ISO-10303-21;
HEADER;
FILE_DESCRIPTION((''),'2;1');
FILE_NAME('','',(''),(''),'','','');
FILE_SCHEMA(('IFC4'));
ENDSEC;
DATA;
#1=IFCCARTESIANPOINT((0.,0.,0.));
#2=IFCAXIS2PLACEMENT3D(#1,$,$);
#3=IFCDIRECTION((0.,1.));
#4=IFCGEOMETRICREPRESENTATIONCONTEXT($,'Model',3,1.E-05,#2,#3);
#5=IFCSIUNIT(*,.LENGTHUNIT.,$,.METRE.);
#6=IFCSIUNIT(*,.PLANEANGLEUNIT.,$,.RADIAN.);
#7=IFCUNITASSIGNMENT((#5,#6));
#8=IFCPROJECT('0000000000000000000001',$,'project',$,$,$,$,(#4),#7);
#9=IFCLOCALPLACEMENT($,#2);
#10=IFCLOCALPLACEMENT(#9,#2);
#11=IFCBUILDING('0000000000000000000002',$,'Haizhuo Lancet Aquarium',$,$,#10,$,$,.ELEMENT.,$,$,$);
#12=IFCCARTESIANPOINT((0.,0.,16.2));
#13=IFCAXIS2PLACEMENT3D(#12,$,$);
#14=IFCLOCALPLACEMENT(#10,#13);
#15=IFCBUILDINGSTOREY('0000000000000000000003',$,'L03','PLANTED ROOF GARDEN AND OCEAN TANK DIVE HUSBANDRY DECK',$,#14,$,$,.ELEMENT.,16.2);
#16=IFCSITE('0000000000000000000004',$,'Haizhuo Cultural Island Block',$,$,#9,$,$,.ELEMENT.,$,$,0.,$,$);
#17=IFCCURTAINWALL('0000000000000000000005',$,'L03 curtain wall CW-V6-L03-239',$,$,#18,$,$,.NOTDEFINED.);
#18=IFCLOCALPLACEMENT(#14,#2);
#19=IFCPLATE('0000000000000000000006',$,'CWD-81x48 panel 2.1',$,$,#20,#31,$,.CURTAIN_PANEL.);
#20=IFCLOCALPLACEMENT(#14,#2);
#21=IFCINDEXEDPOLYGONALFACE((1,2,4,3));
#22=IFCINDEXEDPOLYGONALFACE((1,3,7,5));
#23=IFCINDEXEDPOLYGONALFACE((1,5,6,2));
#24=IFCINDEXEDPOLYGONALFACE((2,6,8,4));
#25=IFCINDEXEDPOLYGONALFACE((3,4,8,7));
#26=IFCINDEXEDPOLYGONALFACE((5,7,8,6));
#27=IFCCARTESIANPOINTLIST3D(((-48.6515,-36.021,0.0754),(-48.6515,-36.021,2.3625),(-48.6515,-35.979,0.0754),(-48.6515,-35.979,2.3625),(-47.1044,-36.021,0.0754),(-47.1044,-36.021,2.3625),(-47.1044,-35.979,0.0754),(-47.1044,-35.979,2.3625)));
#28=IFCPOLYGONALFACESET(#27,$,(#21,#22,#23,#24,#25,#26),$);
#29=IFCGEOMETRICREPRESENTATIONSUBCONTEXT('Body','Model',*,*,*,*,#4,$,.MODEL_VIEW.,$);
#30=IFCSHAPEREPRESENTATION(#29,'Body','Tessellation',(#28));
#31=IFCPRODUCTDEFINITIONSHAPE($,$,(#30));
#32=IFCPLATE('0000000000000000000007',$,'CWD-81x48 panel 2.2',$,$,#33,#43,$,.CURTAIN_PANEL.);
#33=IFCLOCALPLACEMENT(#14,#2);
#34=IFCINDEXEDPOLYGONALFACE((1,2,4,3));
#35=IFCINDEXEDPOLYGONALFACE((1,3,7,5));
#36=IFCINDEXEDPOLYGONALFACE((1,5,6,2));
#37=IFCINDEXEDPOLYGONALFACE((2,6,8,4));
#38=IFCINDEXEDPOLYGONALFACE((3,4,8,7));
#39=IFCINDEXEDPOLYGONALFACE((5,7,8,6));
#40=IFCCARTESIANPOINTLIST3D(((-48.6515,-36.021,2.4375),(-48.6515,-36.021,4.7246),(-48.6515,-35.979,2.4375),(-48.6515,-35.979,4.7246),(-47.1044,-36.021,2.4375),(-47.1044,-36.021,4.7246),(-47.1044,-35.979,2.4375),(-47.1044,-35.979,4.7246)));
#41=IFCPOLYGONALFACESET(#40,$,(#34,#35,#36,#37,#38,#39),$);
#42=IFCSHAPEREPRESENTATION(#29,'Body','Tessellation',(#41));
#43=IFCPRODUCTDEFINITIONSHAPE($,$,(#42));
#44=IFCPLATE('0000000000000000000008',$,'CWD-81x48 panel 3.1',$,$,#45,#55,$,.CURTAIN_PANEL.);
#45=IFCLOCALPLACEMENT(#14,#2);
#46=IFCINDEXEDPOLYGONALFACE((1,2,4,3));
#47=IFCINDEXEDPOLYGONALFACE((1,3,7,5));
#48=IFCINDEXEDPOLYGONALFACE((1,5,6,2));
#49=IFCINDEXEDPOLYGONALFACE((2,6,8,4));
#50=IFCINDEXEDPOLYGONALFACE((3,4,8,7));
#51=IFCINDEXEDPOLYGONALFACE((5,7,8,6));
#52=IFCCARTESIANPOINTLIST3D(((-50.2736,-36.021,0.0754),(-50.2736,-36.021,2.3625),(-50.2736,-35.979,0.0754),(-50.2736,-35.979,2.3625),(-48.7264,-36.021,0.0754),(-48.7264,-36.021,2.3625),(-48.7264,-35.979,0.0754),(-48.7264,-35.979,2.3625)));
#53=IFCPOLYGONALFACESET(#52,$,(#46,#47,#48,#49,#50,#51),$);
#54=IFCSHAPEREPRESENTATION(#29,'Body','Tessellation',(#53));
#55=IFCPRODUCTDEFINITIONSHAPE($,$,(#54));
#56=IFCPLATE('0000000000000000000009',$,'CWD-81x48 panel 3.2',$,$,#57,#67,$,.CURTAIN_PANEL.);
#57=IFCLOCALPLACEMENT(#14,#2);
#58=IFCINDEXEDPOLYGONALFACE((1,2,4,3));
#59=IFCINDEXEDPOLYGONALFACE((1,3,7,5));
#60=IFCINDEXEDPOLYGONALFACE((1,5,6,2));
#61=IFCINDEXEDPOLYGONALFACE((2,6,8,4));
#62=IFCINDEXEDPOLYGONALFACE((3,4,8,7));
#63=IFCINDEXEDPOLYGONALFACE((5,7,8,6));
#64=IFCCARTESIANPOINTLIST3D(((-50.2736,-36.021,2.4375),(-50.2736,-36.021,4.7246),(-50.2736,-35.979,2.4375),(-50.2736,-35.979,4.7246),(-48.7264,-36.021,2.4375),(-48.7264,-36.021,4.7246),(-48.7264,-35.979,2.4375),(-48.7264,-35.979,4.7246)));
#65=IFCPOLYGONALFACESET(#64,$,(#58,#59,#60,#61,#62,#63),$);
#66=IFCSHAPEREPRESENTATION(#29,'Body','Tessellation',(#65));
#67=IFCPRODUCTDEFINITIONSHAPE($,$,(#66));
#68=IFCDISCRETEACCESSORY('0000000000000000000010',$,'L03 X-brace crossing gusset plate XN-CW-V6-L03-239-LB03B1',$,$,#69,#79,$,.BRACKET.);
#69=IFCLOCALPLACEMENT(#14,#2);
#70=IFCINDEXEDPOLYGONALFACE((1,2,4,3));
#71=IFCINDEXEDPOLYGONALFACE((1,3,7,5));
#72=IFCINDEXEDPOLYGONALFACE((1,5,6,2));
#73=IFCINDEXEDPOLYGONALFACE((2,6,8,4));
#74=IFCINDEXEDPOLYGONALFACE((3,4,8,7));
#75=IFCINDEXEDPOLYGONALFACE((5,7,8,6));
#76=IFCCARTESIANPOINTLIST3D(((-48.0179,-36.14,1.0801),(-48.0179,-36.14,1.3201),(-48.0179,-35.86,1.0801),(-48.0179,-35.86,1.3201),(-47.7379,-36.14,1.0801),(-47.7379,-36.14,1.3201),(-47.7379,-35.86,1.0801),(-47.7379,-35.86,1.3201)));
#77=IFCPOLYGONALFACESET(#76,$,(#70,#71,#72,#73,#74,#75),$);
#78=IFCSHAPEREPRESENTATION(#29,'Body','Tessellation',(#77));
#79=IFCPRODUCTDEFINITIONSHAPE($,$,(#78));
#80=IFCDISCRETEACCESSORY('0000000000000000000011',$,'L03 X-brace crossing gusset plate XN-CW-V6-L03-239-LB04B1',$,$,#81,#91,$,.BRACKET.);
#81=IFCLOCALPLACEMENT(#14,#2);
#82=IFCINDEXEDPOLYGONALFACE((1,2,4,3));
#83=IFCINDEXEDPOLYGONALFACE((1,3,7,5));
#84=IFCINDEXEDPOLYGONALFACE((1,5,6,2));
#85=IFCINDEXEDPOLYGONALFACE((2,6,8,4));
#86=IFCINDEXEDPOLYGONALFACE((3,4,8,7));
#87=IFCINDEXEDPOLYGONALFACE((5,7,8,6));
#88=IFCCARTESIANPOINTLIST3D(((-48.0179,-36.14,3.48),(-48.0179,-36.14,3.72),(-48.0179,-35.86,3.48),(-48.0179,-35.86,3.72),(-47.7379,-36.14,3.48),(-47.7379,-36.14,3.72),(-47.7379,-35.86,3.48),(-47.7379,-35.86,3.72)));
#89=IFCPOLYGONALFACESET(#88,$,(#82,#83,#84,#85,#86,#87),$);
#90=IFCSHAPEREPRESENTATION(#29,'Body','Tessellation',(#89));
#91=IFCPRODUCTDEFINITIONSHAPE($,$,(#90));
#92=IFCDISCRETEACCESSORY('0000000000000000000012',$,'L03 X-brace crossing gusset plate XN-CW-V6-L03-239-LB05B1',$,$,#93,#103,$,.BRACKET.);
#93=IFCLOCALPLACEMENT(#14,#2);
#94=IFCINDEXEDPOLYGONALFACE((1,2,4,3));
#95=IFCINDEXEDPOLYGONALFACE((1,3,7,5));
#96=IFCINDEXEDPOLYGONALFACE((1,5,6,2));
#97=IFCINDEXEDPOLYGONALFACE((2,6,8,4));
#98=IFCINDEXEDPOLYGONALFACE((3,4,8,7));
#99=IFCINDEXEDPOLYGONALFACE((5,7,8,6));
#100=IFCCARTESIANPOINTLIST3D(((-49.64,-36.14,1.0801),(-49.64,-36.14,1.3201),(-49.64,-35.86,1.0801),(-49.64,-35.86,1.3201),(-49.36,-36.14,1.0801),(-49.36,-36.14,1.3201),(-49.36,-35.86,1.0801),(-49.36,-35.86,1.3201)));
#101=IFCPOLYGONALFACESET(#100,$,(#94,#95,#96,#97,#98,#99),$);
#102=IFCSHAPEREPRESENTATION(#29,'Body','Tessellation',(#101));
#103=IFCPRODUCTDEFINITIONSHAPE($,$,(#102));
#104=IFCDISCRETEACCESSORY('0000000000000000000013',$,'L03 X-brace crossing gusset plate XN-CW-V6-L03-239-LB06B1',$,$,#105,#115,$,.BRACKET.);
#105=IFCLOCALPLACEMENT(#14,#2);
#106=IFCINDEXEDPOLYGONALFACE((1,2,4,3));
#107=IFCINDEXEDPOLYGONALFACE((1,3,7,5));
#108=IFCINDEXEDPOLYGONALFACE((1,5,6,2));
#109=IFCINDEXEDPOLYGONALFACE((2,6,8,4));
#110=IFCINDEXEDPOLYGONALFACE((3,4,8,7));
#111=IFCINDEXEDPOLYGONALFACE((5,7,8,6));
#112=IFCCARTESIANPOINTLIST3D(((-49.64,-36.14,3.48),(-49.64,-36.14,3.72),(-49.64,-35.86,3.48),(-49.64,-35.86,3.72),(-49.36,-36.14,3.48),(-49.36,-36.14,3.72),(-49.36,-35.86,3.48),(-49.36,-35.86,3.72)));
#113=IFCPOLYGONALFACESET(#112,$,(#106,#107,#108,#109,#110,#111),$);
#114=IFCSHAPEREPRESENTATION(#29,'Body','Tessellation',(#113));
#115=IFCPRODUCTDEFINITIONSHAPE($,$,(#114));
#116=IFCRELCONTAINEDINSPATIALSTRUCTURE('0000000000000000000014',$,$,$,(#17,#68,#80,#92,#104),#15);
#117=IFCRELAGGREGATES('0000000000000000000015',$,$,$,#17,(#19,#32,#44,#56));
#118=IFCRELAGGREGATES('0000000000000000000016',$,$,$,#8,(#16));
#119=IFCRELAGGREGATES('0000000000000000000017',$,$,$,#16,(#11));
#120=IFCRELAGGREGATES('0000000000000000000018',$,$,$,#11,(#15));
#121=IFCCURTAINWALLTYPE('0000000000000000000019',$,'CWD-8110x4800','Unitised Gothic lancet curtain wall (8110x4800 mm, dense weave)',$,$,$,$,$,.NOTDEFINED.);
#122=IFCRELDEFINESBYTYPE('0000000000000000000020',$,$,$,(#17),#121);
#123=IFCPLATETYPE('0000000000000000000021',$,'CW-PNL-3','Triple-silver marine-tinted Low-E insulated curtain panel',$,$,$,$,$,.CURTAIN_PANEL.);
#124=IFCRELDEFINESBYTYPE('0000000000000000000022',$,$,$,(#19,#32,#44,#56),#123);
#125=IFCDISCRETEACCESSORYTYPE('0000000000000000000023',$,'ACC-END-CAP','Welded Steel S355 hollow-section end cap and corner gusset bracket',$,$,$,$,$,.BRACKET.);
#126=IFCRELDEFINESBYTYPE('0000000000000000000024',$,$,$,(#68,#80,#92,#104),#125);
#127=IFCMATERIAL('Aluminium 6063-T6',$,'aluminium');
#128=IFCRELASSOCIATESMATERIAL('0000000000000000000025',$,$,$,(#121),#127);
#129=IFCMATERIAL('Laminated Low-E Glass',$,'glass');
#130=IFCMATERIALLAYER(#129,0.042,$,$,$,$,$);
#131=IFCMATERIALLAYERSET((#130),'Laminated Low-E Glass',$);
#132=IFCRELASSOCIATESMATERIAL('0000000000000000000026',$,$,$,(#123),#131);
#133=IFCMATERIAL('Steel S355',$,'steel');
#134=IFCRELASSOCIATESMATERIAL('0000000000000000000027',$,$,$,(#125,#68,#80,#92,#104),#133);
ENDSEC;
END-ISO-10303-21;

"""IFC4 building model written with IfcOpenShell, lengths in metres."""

from ifc_helpers import new_model, si_unit, direction, frame, origin, origin_2d, place, context, subcontext, project, spatial, rectangle, extrude, material, layer, layer_set, type_object, element, aggregate, save


model = new_model("IFC4")

# Units and contexts
model_context = context("Model", 3, precision=1e-05, world=origin(), true_north=direction((0.0, 1.0)))
body_context = subcontext(model_context, "Body", "Model", "MODEL_VIEW")
ifc_project = project(units=[si_unit("LENGTHUNIT", "METRE"), si_unit("PLANEANGLEUNIT", "RADIAN")], contexts=[model_context])

# Site, building, storey
site_placement = place(None, origin())
site = spatial("IfcSite", under=ifc_project, at=site_placement, Name="Haizhuo Cultural Island Block", CompositionType="ELEMENT", RefElevation=0.0)
building_placement = place(site_placement, origin())
building = spatial("IfcBuilding", under=site, at=building_placement, Name="Haizhuo Lancet Aquarium", CompositionType="ELEMENT")
storey_placement = place(building_placement, frame((0.0, 0.0, 16.2)))
storey = spatial("IfcBuildingStorey", under=building, at=storey_placement, Name="L03", Description="PLANTED ROOF GARDEN AND OCEAN TANK DIVE HUSBANDRY DECK", CompositionType="ELEMENT", Elevation=16.2)

# Curtain wall
ifc_material_1 = material(Name="Aluminium 6063-T6", Category="aluminium")
curtain_wall_type = type_object("IfcCurtainWallType", Name="CWD-8110x4800", Description="Unitised Gothic lancet curtain wall (8110x4800 mm, dense weave)", PredefinedType="NOTDEFINED", material=ifc_material_1)
curtain_wall_placement = place(storey_placement, origin())
curtain_wall = element("IfcCurtainWall", 1, at=curtain_wall_placement, inside=storey, type_object=curtain_wall_type, Name="L03 curtain wall CW-V6-L03-239", PredefinedType="NOTDEFINED")

# Shared definitions
ifc_material_2 = material(Name="Steel S355", Category="steel")

# Plates
ifc_material_3 = material(Name="Laminated Low-E Glass", Category="glass")
ifc_layer = layer(ifc_material_3, 0.042)
ifc_layer_set = layer_set([ifc_layer], Name="Laminated Low-E Glass")
plate_type = type_object("IfcPlateType", Name="CW-PNL-3", Description="Triple-silver marine-tinted Low-E insulated curtain panel", PredefinedType="CURTAIN_PANEL", material=ifc_layer_set)
plate_1_placement = place(storey_placement, frame((-47.8779, -36.0, 0.0754), z_axis=(0.0, 0.0, 1.0), x_axis=(-1.0, 0.0, 0.0)))
plate_1 = element("IfcPlate", 2, at=plate_1_placement, type_object=plate_type, Name="CWD-81x48 panel 2.1", PredefinedType="CURTAIN_PANEL", context=body_context, shape_type="SweptSolid", body=[
    extrude(rectangle(XDim=1.5471, YDim=0.042, at=origin_2d()), origin(), (0.0, 0.0, 1.0), 2.2871),
])
plate_2_placement = place(storey_placement, frame((-47.8779, -36.0, 2.4375), z_axis=(0.0, 0.0, 1.0), x_axis=(-1.0, 0.0, 0.0)))
plate_2 = element("IfcPlate", 3, at=plate_2_placement, type_object=plate_type, Name="CWD-81x48 panel 2.2", PredefinedType="CURTAIN_PANEL", context=body_context, shape_type="SweptSolid", body=[
    extrude(rectangle(XDim=1.5471, YDim=0.042, at=origin_2d()), origin(), (0.0, 0.0, 1.0), 2.2871),
])
plate_3_placement = place(storey_placement, frame((-49.5, -36.0, 0.0754), z_axis=(0.0, 0.0, 1.0), x_axis=(-1.0, 0.0, 0.0)))
plate_3 = element("IfcPlate", 4, at=plate_3_placement, type_object=plate_type, Name="CWD-81x48 panel 3.1", PredefinedType="CURTAIN_PANEL", context=body_context, shape_type="SweptSolid", body=[
    extrude(rectangle(XDim=1.5471, YDim=0.042, at=origin_2d()), origin(), (0.0, 0.0, 1.0), 2.2871),
])
plate_4_placement = place(storey_placement, frame((-49.5, -36.0, 2.4375), z_axis=(0.0, 0.0, 1.0), x_axis=(-1.0, 0.0, 0.0)))
plate_4 = element("IfcPlate", 5, at=plate_4_placement, type_object=plate_type, Name="CWD-81x48 panel 3.2", PredefinedType="CURTAIN_PANEL", context=body_context, shape_type="SweptSolid", body=[
    extrude(rectangle(XDim=1.5471, YDim=0.042, at=origin_2d()), origin(), (0.0, 0.0, 1.0), 2.2871),
])
aggregate(curtain_wall, [plate_1, plate_2, plate_3, plate_4])

# Discrete accessories
discrete_accessory_type = type_object("IfcDiscreteAccessoryType", Name="ACC-END-CAP", Description="Welded Steel S355 hollow-section end cap and corner gusset bracket", PredefinedType="BRACKET", material=ifc_material_2)
for number, where, z_axis, x_axis, name in (
    (6, (-47.8779, -36.0, 1.0801), (0.0, 0.0, 1.0), (1.0, 0.0, 0.0), "L03 X-brace crossing gusset plate XN-CW-V6-L03-239-LB03B1"),
    (7, (-47.8779, -36.0, 3.48), (0.0, 0.0, 1.0), (1.0, 0.0, 0.0), "L03 X-brace crossing gusset plate XN-CW-V6-L03-239-LB04B1"),
    (8, (-49.5, -36.0, 1.0801), (0.0, 0.0, 1.0), (1.0, 0.0, 0.0), "L03 X-brace crossing gusset plate XN-CW-V6-L03-239-LB05B1"),
    (9, (-49.5, -36.0, 3.48), (0.0, 0.0, 1.0), (1.0, 0.0, 0.0), "L03 X-brace crossing gusset plate XN-CW-V6-L03-239-LB06B1"),
):
    element("IfcDiscreteAccessory", number, at=place(storey_placement, frame(where, z_axis=z_axis, x_axis=x_axis)), inside=storey, type_object=discrete_accessory_type, material=ifc_material_2, Name=name, PredefinedType="BRACKET", context=body_context, shape_type="SweptSolid", body=[
        extrude(rectangle(XDim=0.28, YDim=0.28, at=origin_2d()), origin(), (0.0, 0.0, 1.0), 0.24),
    ])

save(model, "model.ifc")
